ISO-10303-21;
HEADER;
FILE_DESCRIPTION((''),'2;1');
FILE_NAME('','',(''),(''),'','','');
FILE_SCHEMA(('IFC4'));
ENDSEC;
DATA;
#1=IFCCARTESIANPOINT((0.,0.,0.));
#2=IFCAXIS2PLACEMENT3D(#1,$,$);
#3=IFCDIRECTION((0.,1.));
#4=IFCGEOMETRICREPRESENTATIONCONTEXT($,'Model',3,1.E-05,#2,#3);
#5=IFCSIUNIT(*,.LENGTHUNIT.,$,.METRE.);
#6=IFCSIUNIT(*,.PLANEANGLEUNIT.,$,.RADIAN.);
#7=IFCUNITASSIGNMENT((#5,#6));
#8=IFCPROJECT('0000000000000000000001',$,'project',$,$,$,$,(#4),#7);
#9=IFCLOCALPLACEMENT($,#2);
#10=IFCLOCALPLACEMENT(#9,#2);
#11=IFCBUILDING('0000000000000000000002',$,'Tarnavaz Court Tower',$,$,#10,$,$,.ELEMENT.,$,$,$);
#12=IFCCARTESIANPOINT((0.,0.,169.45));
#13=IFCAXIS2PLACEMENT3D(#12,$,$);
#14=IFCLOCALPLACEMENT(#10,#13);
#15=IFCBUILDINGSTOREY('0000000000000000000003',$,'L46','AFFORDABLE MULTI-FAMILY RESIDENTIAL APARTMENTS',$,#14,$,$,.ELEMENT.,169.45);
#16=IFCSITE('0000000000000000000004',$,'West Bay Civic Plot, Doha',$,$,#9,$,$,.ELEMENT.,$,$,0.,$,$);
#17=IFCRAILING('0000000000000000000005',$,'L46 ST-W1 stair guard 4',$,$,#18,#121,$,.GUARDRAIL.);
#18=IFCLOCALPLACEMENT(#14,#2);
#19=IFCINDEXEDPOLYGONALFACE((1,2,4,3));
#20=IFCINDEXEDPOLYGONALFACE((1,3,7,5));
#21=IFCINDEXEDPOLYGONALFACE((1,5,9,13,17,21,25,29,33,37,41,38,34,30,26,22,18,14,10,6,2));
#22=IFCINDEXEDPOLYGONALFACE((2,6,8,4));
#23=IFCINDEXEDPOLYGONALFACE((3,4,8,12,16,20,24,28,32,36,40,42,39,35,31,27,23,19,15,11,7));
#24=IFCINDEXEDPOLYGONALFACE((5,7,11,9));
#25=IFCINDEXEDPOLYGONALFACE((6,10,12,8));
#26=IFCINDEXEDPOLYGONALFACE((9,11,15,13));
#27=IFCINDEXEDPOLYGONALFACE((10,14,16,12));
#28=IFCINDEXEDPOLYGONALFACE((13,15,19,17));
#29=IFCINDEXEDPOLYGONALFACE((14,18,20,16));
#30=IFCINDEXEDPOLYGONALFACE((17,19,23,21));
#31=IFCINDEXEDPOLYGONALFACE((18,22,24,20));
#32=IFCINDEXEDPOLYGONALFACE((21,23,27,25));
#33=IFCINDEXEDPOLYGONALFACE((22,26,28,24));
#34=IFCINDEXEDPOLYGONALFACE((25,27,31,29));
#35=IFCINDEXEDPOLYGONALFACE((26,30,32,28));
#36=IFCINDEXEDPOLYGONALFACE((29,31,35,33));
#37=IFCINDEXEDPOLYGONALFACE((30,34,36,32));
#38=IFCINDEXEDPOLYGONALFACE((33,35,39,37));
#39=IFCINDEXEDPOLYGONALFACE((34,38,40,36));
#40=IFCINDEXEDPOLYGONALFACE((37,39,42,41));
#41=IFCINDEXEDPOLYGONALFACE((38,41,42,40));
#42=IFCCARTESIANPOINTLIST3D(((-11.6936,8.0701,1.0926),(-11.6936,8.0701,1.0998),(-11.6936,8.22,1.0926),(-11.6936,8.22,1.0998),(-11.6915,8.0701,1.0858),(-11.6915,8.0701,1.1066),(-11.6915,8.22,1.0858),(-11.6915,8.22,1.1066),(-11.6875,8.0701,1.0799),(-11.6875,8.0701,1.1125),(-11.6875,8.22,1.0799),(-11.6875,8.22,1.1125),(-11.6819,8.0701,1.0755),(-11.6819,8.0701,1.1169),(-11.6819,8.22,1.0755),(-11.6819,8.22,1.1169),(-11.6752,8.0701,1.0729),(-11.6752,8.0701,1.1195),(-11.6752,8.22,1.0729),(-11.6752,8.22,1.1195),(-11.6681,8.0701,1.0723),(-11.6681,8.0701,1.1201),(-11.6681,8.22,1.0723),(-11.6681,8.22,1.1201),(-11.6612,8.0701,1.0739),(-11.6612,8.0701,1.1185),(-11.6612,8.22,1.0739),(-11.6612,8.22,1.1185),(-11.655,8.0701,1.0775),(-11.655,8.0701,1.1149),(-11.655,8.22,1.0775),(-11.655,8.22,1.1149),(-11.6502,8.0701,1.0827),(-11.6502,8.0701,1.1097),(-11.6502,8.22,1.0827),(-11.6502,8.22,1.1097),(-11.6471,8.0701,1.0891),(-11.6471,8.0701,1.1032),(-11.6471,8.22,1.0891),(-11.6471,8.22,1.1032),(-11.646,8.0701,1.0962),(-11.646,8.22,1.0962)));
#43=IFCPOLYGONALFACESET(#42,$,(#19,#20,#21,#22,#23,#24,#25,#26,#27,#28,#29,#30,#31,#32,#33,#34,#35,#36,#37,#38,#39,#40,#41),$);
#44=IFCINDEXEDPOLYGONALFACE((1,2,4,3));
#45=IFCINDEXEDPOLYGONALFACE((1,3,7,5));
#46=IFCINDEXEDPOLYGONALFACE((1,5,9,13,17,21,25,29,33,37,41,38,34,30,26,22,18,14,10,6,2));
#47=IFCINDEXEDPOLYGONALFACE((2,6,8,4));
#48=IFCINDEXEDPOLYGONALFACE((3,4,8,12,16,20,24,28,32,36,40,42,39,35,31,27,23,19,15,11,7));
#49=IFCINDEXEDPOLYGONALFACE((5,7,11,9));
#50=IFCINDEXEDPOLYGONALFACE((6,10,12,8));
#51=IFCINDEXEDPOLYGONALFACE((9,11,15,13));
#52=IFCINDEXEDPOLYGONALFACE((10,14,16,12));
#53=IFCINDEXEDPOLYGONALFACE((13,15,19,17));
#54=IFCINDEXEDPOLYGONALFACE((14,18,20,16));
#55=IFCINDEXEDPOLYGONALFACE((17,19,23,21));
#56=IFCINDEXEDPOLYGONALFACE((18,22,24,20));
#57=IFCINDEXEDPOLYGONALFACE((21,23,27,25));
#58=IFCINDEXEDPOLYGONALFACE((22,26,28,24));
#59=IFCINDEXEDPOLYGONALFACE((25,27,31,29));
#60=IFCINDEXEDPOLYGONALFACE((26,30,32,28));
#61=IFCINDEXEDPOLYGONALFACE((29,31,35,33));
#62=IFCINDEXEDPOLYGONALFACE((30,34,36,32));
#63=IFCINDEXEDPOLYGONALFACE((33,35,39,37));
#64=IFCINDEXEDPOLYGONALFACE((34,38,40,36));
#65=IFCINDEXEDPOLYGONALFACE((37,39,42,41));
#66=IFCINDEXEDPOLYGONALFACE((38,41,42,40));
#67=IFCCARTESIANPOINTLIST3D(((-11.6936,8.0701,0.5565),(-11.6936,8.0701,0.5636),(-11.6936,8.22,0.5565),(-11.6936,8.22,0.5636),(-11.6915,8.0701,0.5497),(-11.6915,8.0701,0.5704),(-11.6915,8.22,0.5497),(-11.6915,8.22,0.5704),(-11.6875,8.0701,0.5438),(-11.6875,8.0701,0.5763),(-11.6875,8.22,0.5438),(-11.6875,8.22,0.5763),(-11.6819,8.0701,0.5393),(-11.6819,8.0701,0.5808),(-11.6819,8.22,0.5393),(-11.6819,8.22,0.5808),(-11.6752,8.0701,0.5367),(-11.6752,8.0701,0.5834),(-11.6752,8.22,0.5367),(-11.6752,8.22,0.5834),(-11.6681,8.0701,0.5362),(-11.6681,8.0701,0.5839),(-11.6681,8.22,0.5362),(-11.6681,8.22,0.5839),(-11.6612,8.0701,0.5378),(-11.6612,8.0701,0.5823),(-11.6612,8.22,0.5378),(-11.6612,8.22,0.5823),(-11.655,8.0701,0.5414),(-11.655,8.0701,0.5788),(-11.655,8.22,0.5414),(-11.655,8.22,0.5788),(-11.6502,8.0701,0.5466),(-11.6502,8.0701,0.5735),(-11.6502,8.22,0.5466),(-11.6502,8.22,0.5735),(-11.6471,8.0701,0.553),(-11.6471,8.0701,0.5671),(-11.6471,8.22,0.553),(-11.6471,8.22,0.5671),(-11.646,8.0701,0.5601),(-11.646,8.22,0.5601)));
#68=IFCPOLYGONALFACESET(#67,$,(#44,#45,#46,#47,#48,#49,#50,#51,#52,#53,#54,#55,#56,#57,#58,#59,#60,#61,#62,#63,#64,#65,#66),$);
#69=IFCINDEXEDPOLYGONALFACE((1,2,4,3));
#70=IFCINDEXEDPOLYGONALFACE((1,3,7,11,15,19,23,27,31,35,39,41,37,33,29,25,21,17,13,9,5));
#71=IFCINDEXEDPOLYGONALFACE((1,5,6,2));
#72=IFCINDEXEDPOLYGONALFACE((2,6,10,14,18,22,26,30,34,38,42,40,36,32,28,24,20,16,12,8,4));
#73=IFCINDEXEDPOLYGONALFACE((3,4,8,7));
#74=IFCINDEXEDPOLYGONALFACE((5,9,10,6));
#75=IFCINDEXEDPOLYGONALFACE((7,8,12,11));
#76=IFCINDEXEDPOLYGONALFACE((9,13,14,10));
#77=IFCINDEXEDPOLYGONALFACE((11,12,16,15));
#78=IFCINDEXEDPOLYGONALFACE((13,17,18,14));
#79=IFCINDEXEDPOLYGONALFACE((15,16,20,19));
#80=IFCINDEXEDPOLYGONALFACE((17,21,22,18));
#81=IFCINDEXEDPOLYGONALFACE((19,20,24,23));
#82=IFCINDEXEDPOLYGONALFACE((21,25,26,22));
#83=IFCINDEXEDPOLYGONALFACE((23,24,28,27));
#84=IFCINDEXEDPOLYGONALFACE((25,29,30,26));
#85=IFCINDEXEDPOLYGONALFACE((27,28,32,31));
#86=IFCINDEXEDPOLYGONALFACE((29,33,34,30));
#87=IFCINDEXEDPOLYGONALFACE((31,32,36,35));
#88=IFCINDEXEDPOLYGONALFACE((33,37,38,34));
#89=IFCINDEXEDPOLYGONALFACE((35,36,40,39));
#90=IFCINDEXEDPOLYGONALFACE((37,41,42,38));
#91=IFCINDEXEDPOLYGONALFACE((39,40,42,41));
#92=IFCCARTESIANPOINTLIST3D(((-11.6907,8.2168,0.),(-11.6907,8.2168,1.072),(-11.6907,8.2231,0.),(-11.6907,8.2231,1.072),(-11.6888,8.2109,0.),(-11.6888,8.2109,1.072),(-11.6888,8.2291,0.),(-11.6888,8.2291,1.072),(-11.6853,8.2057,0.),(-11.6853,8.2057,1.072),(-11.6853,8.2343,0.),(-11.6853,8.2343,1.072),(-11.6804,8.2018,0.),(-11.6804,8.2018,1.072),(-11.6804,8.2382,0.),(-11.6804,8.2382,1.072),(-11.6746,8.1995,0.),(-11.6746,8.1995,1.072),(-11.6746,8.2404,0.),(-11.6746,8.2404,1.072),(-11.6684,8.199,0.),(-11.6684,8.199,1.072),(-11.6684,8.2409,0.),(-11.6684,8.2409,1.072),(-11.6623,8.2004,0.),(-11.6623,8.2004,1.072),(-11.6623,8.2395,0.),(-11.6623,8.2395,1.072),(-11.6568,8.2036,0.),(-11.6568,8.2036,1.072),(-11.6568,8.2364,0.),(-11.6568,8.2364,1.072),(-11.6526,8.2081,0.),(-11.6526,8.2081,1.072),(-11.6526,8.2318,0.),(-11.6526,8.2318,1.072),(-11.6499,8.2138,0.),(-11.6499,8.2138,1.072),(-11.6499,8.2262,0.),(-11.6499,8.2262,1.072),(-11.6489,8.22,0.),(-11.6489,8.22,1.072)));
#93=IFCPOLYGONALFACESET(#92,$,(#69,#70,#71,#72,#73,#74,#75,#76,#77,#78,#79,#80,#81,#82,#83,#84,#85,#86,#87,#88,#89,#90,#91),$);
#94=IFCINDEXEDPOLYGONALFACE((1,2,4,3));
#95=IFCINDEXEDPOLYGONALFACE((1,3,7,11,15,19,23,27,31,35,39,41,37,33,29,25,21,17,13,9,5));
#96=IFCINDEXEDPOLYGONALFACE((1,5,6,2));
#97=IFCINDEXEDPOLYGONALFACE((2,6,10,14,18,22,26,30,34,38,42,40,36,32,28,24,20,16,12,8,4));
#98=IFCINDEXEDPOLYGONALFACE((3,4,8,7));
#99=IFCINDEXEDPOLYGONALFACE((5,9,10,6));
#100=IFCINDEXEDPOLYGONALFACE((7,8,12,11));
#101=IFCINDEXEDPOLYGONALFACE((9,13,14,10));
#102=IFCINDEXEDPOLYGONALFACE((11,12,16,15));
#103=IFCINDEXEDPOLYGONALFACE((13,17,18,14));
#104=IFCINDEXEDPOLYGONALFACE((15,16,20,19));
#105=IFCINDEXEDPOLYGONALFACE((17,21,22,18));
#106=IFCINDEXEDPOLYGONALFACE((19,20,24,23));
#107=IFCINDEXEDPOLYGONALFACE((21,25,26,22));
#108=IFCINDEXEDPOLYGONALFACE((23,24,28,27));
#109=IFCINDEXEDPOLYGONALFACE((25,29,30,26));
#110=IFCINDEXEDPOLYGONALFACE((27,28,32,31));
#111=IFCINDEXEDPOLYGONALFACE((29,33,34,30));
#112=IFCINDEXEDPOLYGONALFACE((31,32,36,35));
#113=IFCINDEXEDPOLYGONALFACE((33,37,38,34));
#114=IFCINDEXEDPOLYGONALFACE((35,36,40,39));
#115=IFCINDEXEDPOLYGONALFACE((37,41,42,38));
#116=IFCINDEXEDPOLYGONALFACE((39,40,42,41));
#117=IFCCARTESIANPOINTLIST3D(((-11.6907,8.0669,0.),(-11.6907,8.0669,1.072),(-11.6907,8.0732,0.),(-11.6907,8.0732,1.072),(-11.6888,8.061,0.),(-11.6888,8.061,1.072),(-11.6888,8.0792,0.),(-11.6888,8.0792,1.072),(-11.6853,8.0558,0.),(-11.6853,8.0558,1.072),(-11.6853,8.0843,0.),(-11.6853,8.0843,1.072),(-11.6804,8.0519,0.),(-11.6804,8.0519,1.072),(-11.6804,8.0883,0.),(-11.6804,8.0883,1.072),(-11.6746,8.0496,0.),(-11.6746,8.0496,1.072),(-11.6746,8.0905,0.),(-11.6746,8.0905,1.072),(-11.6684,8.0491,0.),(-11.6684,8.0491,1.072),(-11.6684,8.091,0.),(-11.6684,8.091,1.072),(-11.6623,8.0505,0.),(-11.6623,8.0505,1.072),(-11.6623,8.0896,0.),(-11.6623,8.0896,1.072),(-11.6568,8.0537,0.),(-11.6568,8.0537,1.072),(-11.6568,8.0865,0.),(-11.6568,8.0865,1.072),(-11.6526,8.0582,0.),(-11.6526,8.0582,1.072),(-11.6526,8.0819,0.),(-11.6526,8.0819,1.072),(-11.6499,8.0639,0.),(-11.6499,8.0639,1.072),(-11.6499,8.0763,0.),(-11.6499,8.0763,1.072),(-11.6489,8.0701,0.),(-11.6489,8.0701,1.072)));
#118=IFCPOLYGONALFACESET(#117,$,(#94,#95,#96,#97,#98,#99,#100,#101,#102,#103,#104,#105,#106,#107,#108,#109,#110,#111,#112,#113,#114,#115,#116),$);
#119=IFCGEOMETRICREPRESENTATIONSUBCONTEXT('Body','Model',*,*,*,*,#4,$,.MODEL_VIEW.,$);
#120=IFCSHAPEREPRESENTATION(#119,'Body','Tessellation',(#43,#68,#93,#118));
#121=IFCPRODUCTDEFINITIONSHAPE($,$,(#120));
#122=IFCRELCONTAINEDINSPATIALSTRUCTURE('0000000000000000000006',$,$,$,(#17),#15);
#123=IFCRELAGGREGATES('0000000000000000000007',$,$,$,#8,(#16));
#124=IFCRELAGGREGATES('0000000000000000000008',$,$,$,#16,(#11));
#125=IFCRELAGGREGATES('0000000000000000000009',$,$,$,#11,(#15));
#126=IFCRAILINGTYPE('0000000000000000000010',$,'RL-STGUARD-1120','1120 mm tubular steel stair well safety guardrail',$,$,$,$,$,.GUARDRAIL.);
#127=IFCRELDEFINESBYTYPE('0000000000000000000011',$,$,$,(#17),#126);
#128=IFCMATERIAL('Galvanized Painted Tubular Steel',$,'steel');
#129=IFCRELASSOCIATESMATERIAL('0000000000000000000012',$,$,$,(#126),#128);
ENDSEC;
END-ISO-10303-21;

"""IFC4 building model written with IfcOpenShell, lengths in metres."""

from ifc_helpers import new_model, si_unit, direction, frame, origin, origin_2d, place, context, subcontext, project, spatial, circle, extrude, material, type_object, element, save


model = new_model("IFC4")

# Units and contexts
model_context = context("Model", 3, precision=1e-05, world=origin(), true_north=direction((0.0, 1.0)))
body_context = subcontext(model_context, "Body", "Model", "MODEL_VIEW")
ifc_project = project(units=[si_unit("LENGTHUNIT", "METRE"), si_unit("PLANEANGLEUNIT", "RADIAN")], contexts=[model_context])

# Site, building, storey
site_placement = place(None, origin())
site = spatial("IfcSite", under=ifc_project, at=site_placement, Name="West Bay Civic Plot, Doha", CompositionType="ELEMENT", RefElevation=0.0)
building_placement = place(site_placement, origin())
building = spatial("IfcBuilding", under=site, at=building_placement, Name="Tarnavaz Court Tower", CompositionType="ELEMENT")
storey_placement = place(building_placement, frame((0.0, 0.0, 169.45)))
storey = spatial("IfcBuildingStorey", under=building, at=storey_placement, Name="L46", Description="AFFORDABLE MULTI-FAMILY RESIDENTIAL APARTMENTS", CompositionType="ELEMENT", Elevation=169.45)

# Railing
ifc_material_1 = material(Name="Galvanized Painted Tubular Steel", Category="steel")
railing_type_1 = type_object("IfcRailingType", Name="RL-STGUARD-1120", Description="1120 mm tubular steel stair well safety guardrail", PredefinedType="GUARDRAIL", material=ifc_material_1)
railing_1_placement = place(storey_placement, frame((-11.6699, 8.22, 0.0)))
element("IfcRailing", 1, at=railing_1_placement, inside=storey, type_object=railing_type_1, Name="L46 ST-W1 stair guard 4", PredefinedType="GUARDRAIL", context=body_context, shape_type="SweptSolid", body=[
    extrude(circle(Radius=0.0239, at=origin_2d()), frame((0.0, 0.0, 1.0962), z_axis=(0.0, -1.0, 0.0), x_axis=(1.0, 0.0, 0.0)), (0.0, 0.0, 1.0), 0.1499),
    extrude(circle(Radius=0.0239, at=origin_2d()), frame((0.0, 0.0, 0.5601), z_axis=(0.0, -1.0, 0.0), x_axis=(1.0, 0.0, 0.0)), (0.0, 0.0, 1.0), 0.1499),
    extrude(circle(Radius=0.021, at=origin_2d()), origin(), (0.0, 0.0, 1.0), 1.072),
    extrude(circle(Radius=0.021, at=origin_2d()), frame((0.0, -0.1499, 0.0)), (0.0, 0.0, 1.0), 1.072),
])

save(model, "model.ifc")
